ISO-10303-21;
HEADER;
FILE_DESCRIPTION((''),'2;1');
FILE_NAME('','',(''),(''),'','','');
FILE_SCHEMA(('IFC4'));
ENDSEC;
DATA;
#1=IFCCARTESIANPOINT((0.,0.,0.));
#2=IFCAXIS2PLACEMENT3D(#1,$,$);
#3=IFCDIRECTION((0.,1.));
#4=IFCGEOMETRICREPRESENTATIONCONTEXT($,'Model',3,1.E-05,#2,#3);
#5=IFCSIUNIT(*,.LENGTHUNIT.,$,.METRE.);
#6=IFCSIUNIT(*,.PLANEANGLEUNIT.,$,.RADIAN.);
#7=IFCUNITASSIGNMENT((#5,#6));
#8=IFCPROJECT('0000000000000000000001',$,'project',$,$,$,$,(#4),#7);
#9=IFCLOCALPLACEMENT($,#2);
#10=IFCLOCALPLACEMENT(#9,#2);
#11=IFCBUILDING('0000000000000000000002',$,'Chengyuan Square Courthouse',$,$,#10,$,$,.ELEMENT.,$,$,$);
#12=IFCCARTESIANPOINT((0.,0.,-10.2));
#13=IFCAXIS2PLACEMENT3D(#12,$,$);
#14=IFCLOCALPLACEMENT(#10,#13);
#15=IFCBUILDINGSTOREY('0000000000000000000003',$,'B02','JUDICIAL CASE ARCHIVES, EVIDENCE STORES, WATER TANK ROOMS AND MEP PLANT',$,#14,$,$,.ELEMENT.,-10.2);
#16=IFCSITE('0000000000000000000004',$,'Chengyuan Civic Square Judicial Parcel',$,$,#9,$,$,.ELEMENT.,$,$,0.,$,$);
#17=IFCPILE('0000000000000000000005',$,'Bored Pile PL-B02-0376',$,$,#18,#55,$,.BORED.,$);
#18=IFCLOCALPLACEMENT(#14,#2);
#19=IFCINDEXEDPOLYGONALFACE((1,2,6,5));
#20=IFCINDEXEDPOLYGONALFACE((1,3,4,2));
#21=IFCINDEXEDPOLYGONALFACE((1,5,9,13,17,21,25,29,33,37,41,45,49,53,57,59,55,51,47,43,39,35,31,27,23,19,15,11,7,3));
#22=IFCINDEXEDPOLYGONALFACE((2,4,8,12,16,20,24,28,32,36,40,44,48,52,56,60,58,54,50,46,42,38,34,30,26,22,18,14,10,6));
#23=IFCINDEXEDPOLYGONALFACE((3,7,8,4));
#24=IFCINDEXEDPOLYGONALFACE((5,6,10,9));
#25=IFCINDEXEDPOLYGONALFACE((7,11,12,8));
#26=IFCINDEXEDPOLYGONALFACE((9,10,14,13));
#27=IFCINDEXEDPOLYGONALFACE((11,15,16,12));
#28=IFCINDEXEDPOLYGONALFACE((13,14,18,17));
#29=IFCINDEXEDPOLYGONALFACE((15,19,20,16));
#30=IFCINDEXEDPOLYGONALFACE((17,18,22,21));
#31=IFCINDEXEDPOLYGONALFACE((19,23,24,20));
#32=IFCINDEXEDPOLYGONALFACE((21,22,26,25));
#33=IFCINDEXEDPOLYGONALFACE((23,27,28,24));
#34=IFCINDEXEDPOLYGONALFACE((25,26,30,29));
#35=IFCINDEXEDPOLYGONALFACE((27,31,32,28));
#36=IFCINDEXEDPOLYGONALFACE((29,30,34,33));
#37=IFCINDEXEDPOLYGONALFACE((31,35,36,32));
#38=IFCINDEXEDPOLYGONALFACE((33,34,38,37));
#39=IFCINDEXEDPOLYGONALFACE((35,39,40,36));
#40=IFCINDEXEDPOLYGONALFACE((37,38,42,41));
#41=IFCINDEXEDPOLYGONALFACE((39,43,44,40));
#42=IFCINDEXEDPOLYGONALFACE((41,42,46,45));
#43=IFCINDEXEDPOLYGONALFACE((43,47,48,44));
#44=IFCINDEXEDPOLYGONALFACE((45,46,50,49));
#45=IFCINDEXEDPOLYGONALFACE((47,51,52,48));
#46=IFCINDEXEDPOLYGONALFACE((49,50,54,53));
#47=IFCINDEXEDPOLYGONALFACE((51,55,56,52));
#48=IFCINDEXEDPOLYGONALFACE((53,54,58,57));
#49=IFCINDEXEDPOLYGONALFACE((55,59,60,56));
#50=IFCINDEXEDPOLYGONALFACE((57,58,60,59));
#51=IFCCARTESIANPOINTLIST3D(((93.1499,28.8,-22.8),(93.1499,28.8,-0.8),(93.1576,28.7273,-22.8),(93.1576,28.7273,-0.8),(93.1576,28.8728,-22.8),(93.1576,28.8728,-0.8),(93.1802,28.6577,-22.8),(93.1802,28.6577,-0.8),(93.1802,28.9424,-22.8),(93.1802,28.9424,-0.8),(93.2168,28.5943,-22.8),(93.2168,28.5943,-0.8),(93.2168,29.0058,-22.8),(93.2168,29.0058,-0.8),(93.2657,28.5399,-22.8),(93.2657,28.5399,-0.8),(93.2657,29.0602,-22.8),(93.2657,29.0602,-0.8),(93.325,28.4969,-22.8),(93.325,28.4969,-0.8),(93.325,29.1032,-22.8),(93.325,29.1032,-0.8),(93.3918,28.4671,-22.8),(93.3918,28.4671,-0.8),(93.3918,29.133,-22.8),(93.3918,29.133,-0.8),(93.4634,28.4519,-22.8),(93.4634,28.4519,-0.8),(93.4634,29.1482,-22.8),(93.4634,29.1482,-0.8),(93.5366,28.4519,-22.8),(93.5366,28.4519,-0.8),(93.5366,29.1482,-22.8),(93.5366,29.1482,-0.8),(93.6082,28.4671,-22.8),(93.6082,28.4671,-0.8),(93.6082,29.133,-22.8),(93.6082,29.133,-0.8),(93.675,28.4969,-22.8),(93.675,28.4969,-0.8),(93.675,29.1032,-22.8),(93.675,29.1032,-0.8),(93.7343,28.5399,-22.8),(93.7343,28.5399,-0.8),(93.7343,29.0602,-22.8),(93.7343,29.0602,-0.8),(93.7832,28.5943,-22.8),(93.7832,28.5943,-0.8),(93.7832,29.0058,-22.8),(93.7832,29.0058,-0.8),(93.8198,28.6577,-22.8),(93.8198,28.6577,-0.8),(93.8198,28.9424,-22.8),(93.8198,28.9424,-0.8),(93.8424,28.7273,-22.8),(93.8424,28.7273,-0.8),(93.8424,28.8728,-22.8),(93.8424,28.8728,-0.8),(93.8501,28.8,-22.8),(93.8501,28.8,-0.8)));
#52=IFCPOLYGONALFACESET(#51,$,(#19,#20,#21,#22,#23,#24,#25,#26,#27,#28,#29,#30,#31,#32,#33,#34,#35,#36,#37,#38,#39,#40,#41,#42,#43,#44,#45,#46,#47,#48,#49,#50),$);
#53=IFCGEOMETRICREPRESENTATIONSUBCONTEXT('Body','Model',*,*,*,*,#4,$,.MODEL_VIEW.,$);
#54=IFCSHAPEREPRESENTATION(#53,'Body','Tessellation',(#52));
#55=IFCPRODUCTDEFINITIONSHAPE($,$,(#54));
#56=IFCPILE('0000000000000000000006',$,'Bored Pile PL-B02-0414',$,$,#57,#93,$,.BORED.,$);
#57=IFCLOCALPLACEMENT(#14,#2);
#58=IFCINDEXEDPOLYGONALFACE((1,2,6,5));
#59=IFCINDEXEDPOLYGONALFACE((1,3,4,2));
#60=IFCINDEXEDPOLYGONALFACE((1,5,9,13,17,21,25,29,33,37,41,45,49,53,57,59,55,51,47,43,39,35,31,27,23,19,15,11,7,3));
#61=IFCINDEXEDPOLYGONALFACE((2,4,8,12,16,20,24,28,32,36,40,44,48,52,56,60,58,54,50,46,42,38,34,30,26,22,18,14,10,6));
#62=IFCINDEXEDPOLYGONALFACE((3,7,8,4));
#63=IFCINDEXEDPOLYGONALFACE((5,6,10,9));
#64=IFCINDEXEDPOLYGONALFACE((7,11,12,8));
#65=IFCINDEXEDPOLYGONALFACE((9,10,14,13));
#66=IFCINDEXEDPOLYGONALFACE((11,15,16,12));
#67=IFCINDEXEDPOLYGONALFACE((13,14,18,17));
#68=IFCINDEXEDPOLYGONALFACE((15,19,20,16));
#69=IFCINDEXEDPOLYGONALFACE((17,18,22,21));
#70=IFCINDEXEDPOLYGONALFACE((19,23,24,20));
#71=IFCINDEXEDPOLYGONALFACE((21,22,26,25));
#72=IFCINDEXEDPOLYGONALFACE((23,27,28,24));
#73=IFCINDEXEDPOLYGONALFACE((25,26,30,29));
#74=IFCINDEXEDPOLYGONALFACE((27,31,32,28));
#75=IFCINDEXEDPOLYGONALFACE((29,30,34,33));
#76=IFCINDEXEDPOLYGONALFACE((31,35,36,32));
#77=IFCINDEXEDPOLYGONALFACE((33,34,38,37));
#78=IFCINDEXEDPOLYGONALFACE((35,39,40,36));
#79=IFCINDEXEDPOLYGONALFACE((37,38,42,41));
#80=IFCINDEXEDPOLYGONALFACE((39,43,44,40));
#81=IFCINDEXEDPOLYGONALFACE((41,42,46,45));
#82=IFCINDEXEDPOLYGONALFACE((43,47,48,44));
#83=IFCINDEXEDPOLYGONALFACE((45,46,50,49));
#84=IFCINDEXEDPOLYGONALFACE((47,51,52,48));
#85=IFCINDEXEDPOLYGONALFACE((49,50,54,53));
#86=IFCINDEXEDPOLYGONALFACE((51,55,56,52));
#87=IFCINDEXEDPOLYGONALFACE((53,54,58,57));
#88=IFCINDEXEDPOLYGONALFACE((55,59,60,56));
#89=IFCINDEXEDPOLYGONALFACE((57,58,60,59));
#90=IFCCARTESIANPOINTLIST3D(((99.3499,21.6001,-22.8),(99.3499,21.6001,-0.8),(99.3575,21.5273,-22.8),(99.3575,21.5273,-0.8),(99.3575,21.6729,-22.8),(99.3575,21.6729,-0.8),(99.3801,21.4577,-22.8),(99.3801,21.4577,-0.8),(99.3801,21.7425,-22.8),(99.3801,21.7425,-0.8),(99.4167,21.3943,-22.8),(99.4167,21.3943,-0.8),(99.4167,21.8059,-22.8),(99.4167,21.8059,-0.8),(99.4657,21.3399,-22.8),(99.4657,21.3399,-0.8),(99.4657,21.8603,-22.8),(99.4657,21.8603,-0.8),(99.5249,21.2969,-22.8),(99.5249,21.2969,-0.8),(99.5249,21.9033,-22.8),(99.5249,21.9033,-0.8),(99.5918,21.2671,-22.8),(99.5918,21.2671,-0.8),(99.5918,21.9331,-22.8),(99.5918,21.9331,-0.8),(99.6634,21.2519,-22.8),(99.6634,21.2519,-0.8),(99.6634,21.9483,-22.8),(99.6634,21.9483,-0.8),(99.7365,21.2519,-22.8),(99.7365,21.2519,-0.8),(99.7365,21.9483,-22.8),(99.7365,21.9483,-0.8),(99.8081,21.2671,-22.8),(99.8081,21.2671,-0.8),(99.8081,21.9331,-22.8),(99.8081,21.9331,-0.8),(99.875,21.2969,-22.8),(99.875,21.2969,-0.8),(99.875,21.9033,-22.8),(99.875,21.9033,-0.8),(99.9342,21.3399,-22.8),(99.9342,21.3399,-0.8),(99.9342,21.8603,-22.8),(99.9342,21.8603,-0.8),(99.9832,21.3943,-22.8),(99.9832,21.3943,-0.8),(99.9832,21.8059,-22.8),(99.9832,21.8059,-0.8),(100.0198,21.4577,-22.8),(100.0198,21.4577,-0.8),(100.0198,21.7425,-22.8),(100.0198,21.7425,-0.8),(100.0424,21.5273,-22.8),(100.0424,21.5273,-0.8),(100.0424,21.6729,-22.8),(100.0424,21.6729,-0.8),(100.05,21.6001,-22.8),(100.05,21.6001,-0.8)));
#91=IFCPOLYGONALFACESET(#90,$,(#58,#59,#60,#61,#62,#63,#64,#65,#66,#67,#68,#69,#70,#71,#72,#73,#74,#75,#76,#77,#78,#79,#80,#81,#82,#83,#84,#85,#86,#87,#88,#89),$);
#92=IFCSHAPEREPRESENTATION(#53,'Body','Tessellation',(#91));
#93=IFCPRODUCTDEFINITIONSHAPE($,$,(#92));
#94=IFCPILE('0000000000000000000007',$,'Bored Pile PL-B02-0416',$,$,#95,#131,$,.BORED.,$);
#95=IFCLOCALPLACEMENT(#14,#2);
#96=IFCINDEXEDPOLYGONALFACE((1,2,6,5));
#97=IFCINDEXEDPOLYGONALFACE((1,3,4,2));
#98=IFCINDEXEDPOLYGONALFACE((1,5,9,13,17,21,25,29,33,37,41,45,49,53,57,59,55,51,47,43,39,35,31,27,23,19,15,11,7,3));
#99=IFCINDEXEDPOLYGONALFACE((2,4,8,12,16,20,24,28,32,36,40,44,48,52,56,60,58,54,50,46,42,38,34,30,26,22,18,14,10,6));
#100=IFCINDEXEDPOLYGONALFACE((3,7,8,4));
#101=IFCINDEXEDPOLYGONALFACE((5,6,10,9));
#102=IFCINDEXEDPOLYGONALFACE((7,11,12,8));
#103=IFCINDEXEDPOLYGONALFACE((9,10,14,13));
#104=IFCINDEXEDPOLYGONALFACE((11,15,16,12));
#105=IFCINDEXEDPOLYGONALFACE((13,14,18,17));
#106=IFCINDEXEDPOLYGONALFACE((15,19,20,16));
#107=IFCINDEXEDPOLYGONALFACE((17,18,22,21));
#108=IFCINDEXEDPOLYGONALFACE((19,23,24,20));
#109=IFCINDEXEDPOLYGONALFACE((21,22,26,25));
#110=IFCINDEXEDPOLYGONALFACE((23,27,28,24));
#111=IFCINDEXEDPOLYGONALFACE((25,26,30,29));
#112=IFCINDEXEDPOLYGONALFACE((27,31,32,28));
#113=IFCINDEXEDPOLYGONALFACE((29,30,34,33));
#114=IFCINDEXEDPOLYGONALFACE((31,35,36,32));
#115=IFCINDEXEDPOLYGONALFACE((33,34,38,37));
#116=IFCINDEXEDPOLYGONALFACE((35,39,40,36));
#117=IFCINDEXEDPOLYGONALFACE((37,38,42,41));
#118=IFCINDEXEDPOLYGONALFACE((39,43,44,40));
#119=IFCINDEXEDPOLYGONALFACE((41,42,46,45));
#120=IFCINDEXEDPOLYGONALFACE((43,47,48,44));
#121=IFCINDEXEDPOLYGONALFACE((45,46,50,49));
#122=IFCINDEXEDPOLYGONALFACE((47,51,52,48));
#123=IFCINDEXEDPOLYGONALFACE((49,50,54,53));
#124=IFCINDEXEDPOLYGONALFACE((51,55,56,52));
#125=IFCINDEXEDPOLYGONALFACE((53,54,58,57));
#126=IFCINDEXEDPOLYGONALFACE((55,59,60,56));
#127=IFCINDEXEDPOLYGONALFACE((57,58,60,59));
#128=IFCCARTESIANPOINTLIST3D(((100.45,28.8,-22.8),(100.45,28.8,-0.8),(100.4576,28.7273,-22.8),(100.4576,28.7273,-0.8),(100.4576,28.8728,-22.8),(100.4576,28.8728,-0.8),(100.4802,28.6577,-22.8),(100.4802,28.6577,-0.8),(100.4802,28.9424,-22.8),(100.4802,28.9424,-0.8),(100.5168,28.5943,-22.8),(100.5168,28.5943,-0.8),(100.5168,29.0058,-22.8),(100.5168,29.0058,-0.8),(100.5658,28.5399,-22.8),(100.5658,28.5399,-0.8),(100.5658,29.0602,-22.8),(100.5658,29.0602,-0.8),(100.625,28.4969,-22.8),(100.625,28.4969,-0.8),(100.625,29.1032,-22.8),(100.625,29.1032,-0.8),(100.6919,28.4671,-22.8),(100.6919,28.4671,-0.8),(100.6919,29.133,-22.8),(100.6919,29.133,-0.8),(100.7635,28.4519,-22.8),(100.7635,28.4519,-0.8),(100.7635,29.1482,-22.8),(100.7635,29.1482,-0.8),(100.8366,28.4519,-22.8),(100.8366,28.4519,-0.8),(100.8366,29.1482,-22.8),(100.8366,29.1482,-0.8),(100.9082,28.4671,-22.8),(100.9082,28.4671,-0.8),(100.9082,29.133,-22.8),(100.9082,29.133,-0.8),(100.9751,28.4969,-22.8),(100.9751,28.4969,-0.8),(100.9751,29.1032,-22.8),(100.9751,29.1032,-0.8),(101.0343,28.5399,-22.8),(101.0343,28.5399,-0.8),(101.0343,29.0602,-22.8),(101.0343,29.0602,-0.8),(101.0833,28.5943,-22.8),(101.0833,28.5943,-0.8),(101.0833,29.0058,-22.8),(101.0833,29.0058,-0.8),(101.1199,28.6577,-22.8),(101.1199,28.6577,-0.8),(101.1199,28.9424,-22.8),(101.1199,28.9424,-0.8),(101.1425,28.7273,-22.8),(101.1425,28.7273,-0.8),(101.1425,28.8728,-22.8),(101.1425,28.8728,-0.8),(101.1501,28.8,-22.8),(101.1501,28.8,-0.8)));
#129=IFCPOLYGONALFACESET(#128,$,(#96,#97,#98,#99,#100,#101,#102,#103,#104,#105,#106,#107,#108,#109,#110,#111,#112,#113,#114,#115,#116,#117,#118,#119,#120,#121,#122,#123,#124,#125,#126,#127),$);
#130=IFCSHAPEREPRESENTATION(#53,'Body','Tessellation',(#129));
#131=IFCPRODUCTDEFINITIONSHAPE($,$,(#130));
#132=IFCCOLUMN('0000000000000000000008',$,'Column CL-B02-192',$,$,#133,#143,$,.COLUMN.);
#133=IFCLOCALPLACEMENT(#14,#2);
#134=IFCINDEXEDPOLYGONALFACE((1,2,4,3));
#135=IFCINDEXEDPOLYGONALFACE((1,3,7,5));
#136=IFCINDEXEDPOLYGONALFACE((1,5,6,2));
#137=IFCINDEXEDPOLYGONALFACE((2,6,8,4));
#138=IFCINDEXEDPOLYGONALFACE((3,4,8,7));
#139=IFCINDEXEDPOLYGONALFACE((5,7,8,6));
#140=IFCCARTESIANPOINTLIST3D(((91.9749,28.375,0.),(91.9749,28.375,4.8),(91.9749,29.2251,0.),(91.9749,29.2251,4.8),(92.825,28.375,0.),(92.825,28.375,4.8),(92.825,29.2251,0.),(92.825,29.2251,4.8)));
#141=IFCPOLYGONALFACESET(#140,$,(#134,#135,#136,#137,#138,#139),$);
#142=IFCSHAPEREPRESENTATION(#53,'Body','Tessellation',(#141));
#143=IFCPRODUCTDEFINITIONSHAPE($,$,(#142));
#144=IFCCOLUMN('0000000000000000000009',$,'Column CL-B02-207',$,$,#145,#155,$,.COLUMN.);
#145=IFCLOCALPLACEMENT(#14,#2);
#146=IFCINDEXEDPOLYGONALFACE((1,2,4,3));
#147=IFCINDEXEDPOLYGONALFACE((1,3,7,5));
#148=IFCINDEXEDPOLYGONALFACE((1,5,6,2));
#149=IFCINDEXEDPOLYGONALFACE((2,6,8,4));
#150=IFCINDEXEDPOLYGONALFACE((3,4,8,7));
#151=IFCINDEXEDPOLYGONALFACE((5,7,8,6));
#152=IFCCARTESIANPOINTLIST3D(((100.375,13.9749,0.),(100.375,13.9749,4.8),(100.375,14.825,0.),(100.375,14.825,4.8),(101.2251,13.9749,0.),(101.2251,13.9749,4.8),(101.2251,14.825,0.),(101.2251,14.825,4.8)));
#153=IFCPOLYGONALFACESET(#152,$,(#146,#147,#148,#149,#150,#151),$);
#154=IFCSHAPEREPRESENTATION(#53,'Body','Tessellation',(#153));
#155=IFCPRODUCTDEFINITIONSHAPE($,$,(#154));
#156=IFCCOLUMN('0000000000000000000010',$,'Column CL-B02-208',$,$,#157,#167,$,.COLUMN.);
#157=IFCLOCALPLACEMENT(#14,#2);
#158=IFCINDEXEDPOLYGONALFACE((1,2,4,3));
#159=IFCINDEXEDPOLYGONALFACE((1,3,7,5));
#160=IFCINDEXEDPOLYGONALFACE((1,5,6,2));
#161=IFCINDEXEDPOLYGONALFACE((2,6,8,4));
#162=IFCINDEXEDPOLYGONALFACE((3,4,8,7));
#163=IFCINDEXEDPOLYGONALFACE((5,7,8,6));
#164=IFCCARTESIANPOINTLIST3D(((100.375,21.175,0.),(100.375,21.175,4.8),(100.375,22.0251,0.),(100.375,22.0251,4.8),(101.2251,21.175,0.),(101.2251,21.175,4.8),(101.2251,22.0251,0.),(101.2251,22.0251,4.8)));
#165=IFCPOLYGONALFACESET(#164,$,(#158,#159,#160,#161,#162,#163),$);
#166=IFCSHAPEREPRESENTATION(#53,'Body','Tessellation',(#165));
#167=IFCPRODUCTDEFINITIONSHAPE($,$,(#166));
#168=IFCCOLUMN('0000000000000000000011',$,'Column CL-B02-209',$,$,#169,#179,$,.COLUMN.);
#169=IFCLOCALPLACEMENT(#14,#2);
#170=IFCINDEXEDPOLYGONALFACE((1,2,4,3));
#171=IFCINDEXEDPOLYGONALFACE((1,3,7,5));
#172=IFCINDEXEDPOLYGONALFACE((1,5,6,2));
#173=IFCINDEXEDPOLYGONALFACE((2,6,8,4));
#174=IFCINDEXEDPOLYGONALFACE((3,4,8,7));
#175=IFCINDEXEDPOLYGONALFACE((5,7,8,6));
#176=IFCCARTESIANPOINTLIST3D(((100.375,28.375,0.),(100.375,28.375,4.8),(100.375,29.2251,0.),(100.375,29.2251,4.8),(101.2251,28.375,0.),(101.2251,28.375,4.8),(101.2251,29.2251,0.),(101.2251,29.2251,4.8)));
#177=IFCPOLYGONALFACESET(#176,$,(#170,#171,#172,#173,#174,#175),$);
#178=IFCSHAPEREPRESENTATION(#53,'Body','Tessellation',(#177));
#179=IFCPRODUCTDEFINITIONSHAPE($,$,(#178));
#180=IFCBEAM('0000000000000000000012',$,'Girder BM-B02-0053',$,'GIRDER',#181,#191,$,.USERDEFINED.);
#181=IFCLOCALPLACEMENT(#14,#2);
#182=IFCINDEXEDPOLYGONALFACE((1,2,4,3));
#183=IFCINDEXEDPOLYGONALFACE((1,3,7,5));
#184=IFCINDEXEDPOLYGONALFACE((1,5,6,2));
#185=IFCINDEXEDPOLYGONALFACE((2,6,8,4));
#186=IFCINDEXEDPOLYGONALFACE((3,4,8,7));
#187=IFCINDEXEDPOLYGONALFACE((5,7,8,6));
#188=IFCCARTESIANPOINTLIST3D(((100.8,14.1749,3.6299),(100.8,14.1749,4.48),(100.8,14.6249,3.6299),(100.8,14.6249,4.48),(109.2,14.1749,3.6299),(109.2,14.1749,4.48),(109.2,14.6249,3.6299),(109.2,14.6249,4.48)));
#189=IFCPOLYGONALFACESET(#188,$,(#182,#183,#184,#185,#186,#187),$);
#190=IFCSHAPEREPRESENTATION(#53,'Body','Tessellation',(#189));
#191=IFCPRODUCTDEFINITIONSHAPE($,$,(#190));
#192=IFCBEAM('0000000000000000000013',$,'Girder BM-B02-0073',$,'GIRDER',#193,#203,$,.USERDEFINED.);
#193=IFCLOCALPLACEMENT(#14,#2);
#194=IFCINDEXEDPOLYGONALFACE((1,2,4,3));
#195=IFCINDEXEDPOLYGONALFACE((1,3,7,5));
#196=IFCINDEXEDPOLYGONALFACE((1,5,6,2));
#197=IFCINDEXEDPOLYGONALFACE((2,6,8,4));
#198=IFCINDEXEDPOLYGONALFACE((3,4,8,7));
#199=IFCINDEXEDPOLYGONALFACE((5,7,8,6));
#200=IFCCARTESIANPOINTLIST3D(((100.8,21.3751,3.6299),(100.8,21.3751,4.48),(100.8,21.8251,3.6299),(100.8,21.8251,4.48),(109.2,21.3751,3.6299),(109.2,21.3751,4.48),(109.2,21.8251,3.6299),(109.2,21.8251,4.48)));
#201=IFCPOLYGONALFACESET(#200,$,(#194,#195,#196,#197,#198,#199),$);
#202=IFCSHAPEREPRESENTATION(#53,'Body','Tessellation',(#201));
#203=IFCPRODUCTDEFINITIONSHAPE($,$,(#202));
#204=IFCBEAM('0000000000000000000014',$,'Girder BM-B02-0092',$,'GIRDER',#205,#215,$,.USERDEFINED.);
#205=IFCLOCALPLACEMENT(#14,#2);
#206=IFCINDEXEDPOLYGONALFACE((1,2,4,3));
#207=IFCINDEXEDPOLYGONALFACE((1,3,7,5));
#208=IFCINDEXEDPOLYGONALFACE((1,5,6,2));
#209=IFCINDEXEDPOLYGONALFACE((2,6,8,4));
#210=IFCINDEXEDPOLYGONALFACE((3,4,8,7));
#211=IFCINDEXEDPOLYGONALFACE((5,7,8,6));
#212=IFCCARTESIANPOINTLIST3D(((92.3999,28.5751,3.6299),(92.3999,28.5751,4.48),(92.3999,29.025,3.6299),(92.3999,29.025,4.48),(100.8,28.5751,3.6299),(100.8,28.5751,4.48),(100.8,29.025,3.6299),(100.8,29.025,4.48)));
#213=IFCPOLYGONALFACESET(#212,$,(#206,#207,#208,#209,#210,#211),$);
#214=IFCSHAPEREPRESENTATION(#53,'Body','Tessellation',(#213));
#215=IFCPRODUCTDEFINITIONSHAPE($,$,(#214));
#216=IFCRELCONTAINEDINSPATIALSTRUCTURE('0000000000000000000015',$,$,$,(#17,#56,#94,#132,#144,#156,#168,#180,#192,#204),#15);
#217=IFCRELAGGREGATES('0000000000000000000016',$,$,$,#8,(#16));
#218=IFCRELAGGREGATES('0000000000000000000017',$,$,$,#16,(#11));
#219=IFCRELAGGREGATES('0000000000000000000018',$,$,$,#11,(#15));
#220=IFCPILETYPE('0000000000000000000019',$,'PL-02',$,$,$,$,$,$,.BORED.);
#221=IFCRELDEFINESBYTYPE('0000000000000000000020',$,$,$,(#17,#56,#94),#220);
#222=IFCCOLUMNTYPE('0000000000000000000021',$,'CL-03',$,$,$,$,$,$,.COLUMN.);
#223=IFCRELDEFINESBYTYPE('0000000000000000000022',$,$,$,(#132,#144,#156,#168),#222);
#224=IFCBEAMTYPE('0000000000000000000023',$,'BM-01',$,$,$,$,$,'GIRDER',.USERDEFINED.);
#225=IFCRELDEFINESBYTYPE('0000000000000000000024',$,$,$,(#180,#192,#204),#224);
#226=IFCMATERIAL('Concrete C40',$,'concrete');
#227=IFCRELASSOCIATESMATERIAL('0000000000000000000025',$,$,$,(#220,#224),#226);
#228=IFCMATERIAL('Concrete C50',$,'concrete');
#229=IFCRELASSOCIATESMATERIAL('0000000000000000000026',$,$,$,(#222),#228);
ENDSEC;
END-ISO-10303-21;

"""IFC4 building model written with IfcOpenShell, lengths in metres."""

from ifc_helpers import new_model, si_unit, direction, frame, origin, origin_2d, place, context, subcontext, project, spatial, rectangle, circle, extrude, material, material_profile, profile_set, type_object, element, save


model = new_model("IFC4")

# Units and contexts
model_context = context("Model", 3, precision=1e-05, world=origin(), true_north=direction((0.0, 1.0)))
body_context = subcontext(model_context, "Body", "Model", "MODEL_VIEW")
ifc_project = project(units=[si_unit("LENGTHUNIT", "METRE"), si_unit("PLANEANGLEUNIT", "RADIAN")], contexts=[model_context])

# Site, building, storey
site_placement = place(None, origin())
site = spatial("IfcSite", under=ifc_project, at=site_placement, Name="Chengyuan Civic Square Judicial Parcel", CompositionType="ELEMENT", RefElevation=0.0)
building_placement = place(site_placement, origin())
building = spatial("IfcBuilding", under=site, at=building_placement, Name="Chengyuan Square Courthouse", CompositionType="ELEMENT")
storey_placement = place(building_placement, frame((0.0, 0.0, -10.2)))
storey = spatial("IfcBuildingStorey", under=building, at=storey_placement, Name="B02", Description="JUDICIAL CASE ARCHIVES, EVIDENCE STORES, WATER TANK ROOMS AND MEP PLANT", CompositionType="ELEMENT", Elevation=-10.2)

# Shared definitions
ifc_material_1 = material(Name="Concrete C40", Category="concrete")

# Piles
ifc_material_profile_1 = material_profile(ifc_material_1, circle(Radius=0.3501, at=origin_2d()), Name="BORED PILE D700")
ifc_profile_set_1 = profile_set([ifc_material_profile_1], Name="Concrete C40")
pile_type_1 = type_object("IfcPileType", Name="PL-02", PredefinedType="BORED", material=ifc_profile_set_1)
for number, where, z_axis, x_axis, name in (
    (1, (93.5, 28.8, -0.8), (0.0, 0.0, -1.0), (1.0, 0.0, 0.0), "Bored Pile PL-B02-0376"),
    (2, (99.7, 21.6001, -0.8), (0.0, 0.0, -1.0), (1.0, 0.0, 0.0), "Bored Pile PL-B02-0414"),
    (3, (100.8, 28.8, -0.8), (0.0, 0.0, -1.0), (1.0, 0.0, 0.0), "Bored Pile PL-B02-0416"),
):
    element("IfcPile", number, at=place(storey_placement, frame(where, z_axis=z_axis, x_axis=x_axis)), inside=storey, type_object=pile_type_1, Name=name, PredefinedType="BORED", context=body_context, shape_type="SweptSolid", body=[
        extrude(circle(Radius=0.3501, at=origin_2d()), origin(), (0.0, 0.0, 1.0), 22.0),
    ])

# Columns
ifc_material_2 = material(Name="Concrete C50", Category="concrete")
ifc_material_profile_2 = material_profile(ifc_material_2, rectangle(XDim=0.8501, YDim=0.8501, at=origin_2d()), Name="RC-COL-850x850")
ifc_profile_set_2 = profile_set([ifc_material_profile_2], Name="Concrete C50")
column_type = type_object("IfcColumnType", Name="CL-03", PredefinedType="COLUMN", material=ifc_profile_set_2)
for number, where, z_axis, x_axis, name in (
    (4, (92.3999, 28.8, 0.0), (0.0, 0.0, 1.0), (1.0, 0.0, 0.0), "Column CL-B02-192"),
    (5, (100.8, 14.3999, 0.0), (0.0, 0.0, 1.0), (1.0, 0.0, 0.0), "Column CL-B02-207"),
    (6, (100.8, 21.6001, 0.0), (0.0, 0.0, 1.0), (1.0, 0.0, 0.0), "Column CL-B02-208"),
    (7, (100.8, 28.8, 0.0), (0.0, 0.0, 1.0), (1.0, 0.0, 0.0), "Column CL-B02-209"),
):
    element("IfcColumn", number, at=place(storey_placement, frame(where, z_axis=z_axis, x_axis=x_axis)), inside=storey, type_object=column_type, Name=name, PredefinedType="COLUMN", context=body_context, shape_type="SweptSolid", body=[
        extrude(rectangle(XDim=0.8501, YDim=0.8501, at=origin_2d()), origin(), (0.0, 0.0, 1.0), 4.8),
    ])

# Beams
ifc_material_profile_3 = material_profile(ifc_material_1, rectangle(XDim=0.45, YDim=0.8501, at=origin_2d()), Name="RC-BM-450x850")
ifc_profile_set_3 = profile_set([ifc_material_profile_3], Name="Concrete C40")
beam_type_1 = type_object("IfcBeamType", Name="BM-01", ElementType="GIRDER", PredefinedType="USERDEFINED", material=ifc_profile_set_3)
for number, where, z_axis, x_axis, name in (
    (8, (100.8, 14.3999, 4.0549), (1.0, 0.0, 0.0), (0.0, 1.0, 0.0), "Girder BM-B02-0053"),
    (9, (100.8, 21.6001, 4.0549), (1.0, 0.0, 0.0), (0.0, 1.0, 0.0), "Girder BM-B02-0073"),
):
    element("IfcBeam", number, at=place(storey_placement, frame(where, z_axis=z_axis, x_axis=x_axis)), inside=storey, type_object=beam_type_1, Name=name, ObjectType="GIRDER", PredefinedType="USERDEFINED", context=body_context, shape_type="SweptSolid", body=[
        extrude(rectangle(XDim=0.45, YDim=0.8501, at=origin_2d()), origin(), (0.0, 0.0, 1.0), 8.3999),
    ])
beam_1_placement = place(storey_placement, frame((92.3999, 28.8, 4.0549), z_axis=(1.0, 0.0, 0.0), x_axis=(0.0, 1.0, 0.0)))
element("IfcBeam", 10, at=beam_1_placement, inside=storey, type_object=beam_type_1, Name="Girder BM-B02-0092", ObjectType="GIRDER", PredefinedType="USERDEFINED", context=body_context, shape_type="SweptSolid", body=[
    extrude(rectangle(XDim=0.45, YDim=0.8501, at=origin_2d()), origin(), (0.0, 0.0, 1.0), 8.4001),
])

save(model, "model.ifc")
